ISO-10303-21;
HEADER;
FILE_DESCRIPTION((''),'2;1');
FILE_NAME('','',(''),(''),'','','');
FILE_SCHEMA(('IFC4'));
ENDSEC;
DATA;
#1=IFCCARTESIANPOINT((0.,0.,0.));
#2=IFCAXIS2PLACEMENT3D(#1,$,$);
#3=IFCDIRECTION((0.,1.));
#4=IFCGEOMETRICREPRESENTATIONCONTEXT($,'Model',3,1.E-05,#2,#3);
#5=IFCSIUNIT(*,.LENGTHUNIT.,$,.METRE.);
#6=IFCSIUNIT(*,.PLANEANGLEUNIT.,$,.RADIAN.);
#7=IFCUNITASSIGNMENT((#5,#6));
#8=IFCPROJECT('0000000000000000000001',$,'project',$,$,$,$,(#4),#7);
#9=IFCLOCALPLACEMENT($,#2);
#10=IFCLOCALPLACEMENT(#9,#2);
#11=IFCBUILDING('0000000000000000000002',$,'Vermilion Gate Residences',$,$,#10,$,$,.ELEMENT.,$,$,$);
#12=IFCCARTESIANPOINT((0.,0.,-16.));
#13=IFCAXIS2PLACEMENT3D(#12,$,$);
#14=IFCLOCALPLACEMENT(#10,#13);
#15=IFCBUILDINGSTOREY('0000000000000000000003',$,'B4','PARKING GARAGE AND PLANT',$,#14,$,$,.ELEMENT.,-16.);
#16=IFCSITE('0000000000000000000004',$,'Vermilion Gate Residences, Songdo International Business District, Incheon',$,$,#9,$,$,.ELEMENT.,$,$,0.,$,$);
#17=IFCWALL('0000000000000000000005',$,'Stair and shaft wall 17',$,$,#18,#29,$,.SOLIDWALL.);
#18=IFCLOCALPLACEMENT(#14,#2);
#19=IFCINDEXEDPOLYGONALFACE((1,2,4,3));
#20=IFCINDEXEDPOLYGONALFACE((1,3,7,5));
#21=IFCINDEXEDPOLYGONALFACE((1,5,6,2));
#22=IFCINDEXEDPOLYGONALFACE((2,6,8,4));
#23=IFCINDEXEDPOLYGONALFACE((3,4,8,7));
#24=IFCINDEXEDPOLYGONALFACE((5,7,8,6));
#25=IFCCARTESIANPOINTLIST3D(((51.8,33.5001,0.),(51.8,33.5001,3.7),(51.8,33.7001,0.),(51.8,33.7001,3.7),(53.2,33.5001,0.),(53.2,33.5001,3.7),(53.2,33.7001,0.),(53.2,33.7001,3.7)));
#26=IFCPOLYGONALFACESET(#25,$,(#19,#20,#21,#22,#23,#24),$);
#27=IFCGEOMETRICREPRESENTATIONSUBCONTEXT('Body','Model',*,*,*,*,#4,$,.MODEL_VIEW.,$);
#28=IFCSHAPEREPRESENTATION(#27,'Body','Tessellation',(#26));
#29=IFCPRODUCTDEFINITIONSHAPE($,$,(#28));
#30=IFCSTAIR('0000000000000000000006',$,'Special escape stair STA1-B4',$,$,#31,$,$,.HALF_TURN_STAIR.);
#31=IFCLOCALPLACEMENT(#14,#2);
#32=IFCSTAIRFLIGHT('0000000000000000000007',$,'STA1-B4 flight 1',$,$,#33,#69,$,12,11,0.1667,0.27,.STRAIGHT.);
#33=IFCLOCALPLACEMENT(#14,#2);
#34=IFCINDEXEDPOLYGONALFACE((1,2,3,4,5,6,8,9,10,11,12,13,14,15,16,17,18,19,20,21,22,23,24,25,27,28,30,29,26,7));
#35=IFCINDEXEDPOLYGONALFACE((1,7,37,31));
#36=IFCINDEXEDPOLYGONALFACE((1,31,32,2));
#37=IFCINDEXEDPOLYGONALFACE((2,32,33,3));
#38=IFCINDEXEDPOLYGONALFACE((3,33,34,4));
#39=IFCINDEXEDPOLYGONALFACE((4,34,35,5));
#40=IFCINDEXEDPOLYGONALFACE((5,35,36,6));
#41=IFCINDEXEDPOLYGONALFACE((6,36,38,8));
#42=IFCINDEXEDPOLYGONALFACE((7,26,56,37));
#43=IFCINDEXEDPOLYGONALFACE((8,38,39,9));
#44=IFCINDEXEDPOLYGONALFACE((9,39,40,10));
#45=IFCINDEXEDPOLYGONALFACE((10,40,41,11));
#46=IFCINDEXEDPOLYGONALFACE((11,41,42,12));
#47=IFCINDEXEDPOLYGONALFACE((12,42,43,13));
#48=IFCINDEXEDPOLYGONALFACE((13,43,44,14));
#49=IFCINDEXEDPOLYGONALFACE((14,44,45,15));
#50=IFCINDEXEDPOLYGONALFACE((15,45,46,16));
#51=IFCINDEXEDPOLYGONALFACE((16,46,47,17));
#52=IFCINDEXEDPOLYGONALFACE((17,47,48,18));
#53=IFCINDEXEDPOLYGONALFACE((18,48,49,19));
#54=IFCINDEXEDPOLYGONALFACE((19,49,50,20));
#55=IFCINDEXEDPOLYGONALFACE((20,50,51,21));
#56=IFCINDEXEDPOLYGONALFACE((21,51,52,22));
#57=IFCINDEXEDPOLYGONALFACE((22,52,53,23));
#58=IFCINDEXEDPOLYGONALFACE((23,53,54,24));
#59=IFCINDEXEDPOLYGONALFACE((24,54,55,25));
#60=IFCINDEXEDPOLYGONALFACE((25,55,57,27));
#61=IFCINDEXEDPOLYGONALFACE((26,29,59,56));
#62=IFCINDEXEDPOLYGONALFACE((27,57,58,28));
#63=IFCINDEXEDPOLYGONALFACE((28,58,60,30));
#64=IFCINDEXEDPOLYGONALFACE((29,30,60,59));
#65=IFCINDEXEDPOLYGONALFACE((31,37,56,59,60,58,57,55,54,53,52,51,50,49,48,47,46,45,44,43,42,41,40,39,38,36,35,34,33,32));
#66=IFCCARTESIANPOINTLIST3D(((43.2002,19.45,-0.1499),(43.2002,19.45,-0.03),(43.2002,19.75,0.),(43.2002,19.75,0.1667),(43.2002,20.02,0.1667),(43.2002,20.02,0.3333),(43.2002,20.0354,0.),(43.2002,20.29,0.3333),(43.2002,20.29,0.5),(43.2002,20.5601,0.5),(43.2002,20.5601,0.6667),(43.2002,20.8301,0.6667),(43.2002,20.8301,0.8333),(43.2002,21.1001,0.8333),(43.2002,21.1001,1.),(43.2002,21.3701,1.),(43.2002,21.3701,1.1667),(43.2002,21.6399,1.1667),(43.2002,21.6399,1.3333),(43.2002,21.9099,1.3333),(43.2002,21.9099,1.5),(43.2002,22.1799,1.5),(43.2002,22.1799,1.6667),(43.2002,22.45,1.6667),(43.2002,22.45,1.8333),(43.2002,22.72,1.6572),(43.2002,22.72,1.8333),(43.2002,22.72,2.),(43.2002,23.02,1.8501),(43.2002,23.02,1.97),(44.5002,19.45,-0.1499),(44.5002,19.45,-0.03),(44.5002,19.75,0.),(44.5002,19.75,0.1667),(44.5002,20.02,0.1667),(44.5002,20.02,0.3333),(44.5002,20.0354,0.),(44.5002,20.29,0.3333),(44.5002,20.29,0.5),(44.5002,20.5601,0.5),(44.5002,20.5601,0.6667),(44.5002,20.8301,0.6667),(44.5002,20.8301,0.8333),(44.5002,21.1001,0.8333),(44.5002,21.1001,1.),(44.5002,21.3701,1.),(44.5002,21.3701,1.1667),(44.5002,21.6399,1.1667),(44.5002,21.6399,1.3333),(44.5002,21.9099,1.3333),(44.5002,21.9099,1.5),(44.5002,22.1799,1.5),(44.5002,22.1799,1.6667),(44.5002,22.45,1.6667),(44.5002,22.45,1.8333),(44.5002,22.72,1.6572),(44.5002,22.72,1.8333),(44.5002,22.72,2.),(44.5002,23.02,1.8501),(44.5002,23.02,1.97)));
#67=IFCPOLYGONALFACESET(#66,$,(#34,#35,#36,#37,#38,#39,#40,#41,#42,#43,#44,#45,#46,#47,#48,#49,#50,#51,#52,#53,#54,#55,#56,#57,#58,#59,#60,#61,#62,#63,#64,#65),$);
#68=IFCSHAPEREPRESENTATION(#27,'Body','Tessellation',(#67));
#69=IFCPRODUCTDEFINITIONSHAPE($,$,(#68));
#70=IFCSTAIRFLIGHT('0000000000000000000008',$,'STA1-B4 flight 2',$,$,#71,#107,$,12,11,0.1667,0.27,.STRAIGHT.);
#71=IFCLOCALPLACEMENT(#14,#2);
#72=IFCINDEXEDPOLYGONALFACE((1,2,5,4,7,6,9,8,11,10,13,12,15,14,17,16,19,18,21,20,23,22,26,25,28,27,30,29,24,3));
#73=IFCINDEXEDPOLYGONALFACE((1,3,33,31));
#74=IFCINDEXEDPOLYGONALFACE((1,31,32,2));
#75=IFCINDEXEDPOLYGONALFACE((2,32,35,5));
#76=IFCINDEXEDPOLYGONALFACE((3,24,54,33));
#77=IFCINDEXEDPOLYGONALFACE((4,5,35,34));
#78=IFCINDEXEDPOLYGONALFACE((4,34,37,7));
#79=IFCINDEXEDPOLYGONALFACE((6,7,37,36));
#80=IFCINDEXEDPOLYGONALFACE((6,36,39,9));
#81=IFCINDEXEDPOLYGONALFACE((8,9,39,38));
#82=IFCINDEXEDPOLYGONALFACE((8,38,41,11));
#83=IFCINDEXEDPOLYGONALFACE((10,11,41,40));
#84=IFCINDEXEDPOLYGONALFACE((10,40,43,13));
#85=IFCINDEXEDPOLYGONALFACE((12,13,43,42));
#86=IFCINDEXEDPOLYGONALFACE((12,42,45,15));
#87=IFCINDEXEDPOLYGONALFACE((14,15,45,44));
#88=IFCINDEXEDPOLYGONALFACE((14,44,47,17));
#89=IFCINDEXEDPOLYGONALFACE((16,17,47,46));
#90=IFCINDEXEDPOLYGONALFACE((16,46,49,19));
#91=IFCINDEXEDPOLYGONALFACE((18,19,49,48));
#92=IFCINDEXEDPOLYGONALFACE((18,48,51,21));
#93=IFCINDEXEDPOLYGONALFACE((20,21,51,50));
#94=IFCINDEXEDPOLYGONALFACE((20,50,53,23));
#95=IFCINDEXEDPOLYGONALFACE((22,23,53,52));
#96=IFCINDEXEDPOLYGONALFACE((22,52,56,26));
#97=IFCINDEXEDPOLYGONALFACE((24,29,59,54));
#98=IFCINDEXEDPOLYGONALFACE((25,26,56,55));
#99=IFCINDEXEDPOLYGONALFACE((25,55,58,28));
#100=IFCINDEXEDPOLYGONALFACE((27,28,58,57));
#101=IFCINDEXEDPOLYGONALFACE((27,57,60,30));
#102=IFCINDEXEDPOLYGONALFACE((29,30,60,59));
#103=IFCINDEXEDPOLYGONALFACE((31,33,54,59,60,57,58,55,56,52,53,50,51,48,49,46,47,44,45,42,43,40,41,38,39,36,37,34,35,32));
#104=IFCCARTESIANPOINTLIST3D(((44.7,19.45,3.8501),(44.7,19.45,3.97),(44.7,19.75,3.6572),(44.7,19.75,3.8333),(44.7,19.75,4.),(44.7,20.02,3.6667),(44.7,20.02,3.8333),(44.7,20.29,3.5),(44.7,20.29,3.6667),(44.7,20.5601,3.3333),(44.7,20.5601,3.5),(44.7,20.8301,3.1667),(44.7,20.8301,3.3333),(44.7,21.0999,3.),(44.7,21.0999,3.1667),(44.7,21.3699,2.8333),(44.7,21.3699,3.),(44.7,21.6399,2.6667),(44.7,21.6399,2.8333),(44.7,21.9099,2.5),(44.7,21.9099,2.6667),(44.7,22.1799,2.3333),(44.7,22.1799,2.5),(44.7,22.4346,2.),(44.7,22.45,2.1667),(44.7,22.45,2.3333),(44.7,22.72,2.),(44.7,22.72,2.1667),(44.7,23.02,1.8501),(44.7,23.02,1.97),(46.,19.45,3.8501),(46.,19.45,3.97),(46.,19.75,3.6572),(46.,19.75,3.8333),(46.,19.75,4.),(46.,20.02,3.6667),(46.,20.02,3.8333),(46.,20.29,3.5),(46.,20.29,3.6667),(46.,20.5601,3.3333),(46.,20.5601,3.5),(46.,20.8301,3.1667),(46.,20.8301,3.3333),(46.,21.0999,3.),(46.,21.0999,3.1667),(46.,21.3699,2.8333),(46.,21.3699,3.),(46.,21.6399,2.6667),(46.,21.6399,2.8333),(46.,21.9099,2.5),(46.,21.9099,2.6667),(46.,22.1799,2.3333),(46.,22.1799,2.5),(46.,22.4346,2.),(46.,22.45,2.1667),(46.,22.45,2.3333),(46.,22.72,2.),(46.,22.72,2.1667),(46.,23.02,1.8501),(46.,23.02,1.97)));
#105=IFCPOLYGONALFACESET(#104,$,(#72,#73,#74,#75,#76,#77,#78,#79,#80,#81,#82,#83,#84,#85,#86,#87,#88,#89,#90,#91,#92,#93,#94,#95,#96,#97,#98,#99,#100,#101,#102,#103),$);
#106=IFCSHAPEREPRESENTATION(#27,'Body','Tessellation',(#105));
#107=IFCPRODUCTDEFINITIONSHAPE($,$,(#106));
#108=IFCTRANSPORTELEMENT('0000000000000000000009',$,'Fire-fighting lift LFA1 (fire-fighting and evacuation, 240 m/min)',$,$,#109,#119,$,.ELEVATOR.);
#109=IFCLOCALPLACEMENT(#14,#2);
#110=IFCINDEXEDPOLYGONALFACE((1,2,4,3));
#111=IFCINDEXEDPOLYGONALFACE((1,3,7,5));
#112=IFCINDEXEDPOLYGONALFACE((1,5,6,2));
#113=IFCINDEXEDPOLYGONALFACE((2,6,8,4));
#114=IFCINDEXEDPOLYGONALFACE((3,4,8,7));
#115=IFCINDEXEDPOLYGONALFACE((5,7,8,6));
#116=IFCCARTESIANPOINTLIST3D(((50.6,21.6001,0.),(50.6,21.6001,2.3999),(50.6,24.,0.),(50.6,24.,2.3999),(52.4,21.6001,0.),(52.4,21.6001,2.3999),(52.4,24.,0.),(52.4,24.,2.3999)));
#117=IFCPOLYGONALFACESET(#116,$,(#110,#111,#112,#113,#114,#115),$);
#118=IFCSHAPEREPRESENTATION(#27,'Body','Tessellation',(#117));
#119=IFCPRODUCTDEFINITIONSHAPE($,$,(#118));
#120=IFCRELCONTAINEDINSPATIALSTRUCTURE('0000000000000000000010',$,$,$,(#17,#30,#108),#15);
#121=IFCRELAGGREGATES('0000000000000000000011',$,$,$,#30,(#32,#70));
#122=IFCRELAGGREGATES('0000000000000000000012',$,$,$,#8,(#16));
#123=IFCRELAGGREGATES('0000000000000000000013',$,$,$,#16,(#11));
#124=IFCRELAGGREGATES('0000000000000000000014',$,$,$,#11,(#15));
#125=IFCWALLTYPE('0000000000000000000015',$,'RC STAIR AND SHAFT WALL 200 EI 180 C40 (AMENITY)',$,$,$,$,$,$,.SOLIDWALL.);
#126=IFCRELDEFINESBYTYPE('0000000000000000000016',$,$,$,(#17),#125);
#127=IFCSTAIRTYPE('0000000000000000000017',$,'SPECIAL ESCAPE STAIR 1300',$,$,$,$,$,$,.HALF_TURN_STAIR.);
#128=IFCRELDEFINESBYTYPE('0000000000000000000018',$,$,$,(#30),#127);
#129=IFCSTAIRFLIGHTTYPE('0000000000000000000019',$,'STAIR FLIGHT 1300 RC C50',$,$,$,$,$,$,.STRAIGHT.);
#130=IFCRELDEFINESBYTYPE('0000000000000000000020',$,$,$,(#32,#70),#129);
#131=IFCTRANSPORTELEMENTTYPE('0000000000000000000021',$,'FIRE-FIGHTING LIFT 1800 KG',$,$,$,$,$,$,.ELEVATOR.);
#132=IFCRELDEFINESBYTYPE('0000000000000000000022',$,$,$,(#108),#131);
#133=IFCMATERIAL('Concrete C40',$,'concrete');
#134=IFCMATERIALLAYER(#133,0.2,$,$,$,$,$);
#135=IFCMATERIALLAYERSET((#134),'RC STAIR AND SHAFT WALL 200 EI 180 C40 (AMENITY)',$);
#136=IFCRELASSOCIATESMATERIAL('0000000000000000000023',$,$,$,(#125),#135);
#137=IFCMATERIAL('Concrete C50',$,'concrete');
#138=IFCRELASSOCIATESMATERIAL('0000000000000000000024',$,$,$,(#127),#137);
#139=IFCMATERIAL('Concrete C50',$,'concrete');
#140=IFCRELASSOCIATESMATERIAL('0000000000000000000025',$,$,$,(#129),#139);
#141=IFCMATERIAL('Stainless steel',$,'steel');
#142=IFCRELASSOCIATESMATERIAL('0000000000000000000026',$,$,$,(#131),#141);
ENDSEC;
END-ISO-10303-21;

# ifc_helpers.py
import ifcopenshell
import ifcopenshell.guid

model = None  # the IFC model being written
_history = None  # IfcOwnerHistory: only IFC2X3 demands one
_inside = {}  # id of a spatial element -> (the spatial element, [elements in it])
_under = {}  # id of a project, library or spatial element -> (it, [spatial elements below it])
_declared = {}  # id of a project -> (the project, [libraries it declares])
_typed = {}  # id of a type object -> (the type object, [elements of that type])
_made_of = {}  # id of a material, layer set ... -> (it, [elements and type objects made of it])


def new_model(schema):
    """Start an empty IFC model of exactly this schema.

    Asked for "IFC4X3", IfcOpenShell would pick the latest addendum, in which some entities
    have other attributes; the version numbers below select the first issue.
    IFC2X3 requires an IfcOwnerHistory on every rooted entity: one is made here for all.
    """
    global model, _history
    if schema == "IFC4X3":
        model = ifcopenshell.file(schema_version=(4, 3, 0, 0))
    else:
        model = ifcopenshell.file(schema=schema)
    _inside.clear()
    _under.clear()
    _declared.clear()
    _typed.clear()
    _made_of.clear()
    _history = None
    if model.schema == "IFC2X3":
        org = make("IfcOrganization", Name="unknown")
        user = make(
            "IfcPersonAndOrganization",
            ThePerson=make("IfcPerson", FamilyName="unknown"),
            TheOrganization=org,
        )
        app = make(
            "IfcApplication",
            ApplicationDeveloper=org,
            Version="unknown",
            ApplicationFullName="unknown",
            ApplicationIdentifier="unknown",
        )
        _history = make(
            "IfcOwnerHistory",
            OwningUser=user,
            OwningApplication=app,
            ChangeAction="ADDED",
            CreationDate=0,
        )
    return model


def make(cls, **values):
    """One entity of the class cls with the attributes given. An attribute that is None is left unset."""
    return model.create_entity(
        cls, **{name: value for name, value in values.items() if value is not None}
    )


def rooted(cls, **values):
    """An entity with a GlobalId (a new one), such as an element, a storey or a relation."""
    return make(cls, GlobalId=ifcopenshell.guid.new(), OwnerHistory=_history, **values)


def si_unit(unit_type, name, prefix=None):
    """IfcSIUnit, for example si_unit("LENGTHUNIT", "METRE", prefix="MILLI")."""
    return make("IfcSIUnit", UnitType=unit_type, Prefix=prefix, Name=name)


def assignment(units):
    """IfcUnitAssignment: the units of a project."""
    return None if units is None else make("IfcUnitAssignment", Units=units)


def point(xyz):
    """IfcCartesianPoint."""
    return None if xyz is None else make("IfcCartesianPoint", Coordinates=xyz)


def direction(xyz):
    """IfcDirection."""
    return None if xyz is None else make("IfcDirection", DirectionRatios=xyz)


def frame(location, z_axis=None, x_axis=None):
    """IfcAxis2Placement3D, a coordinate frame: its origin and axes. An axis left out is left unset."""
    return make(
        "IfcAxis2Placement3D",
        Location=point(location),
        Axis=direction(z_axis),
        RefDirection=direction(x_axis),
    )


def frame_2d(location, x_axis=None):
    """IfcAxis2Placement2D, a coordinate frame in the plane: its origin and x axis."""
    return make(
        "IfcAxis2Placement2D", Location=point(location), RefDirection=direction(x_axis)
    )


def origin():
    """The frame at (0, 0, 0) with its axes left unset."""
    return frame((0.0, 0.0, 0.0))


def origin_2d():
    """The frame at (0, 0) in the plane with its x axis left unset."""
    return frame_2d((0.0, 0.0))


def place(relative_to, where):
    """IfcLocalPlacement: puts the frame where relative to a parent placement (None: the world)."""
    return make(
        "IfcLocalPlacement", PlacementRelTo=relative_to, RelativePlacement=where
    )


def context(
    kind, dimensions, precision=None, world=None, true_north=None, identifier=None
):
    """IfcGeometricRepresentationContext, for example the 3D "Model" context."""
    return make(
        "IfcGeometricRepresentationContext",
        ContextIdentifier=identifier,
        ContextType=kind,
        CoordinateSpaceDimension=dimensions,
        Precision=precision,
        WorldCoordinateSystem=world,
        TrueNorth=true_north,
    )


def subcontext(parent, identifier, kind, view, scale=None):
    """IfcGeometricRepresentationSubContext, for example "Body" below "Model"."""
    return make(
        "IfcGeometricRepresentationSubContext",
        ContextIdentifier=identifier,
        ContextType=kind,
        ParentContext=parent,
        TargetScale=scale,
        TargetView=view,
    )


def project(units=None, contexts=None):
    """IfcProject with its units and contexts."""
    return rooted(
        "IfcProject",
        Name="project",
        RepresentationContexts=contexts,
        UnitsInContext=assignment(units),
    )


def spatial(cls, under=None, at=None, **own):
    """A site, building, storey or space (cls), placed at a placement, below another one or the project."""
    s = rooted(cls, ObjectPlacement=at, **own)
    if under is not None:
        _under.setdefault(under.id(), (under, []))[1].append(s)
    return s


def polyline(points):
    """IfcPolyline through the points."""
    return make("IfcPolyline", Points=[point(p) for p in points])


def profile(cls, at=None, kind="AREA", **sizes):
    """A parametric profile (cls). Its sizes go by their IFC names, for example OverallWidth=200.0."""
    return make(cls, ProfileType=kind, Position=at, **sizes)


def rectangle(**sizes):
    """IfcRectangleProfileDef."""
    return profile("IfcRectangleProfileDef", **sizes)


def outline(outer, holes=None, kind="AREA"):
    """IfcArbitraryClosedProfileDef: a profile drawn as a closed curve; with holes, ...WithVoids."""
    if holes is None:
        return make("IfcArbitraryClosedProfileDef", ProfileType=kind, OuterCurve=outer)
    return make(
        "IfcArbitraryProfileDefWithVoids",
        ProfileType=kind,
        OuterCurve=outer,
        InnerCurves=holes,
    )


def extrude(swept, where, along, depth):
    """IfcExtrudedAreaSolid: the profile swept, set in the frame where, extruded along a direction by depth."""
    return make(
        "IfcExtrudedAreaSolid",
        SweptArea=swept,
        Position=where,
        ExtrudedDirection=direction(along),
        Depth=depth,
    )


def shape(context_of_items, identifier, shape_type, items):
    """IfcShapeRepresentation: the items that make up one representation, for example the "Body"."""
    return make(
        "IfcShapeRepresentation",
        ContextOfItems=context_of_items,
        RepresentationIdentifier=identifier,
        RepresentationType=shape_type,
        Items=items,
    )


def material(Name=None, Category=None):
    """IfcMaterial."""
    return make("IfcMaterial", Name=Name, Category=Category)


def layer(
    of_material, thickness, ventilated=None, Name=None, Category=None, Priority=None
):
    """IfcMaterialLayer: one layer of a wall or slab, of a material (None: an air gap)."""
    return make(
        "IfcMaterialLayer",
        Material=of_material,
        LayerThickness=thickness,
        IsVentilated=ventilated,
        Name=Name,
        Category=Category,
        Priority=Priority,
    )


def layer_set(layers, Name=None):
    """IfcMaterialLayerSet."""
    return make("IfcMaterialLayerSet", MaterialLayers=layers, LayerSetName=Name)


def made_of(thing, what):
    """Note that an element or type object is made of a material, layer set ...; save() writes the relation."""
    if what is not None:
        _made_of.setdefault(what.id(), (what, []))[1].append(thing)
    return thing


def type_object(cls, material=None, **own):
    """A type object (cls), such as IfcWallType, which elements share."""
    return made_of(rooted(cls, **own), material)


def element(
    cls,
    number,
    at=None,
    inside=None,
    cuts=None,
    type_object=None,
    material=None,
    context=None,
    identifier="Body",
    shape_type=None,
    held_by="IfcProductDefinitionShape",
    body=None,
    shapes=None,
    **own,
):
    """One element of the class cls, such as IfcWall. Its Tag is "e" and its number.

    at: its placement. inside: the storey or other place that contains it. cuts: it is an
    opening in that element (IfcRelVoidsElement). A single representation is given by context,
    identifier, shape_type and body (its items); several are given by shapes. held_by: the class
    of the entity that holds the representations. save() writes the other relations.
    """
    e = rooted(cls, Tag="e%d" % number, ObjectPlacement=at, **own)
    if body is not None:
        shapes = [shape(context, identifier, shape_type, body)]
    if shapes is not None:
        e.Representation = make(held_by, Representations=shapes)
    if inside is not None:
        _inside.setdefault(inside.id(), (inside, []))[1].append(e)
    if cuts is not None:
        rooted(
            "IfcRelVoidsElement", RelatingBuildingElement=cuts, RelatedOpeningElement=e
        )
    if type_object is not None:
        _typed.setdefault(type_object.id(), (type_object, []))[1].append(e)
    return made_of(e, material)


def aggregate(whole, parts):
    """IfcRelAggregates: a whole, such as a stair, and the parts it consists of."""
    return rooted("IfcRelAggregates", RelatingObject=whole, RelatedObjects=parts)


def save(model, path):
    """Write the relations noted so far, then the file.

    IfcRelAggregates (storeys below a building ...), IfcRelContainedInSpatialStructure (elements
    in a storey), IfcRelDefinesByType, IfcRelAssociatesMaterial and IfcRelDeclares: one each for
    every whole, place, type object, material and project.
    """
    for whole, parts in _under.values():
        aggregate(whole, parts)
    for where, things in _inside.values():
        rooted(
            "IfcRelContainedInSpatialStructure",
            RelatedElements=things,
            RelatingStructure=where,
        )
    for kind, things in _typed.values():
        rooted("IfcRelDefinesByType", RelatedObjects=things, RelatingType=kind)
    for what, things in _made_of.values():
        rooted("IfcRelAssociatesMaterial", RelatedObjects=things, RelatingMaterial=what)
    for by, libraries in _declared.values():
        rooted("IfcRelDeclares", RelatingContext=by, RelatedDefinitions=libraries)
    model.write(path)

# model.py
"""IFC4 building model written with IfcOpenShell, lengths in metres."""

from ifc_helpers import new_model, si_unit, direction, frame, frame_2d, origin, origin_2d, place, context, subcontext, project, spatial, polyline, rectangle, outline, extrude, material, layer, layer_set, type_object, element, aggregate, save


model = new_model("IFC4")

# Units and contexts
model_context = context("Model", 3, precision=1e-05, world=origin(), true_north=direction((0.0, 1.0)))
body_context = subcontext(model_context, "Body", "Model", "MODEL_VIEW")
ifc_project = project(units=[si_unit("LENGTHUNIT", "METRE"), si_unit("PLANEANGLEUNIT", "RADIAN")], contexts=[model_context])

# Site, building, storey
site_placement = place(None, origin())
site = spatial("IfcSite", under=ifc_project, at=site_placement, Name="Vermilion Gate Residences, Songdo International Business District, Incheon", CompositionType="ELEMENT", RefElevation=0.0)
building_placement = place(site_placement, origin())
building = spatial("IfcBuilding", under=site, at=building_placement, Name="Vermilion Gate Residences", CompositionType="ELEMENT")
storey_placement = place(building_placement, frame((0.0, 0.0, -16.0)))
storey = spatial("IfcBuildingStorey", under=building, at=storey_placement, Name="B4", Description="PARKING GARAGE AND PLANT", CompositionType="ELEMENT", Elevation=-16.0)

# Shared definitions
ifc_material_1 = material(Name="Concrete C40", Category="concrete")
ifc_layer_1 = layer(ifc_material_1, 0.2)
ifc_layer_set_1 = layer_set([ifc_layer_1], Name="RC STAIR AND SHAFT WALL 200 EI 180 C40 (AMENITY)")
wall_type_1 = type_object("IfcWallType", Name="RC STAIR AND SHAFT WALL 200 EI 180 C40 (AMENITY)", PredefinedType="SOLIDWALL", material=ifc_layer_set_1)

# Wall
wall_1_placement = place(storey_placement, frame((51.8, 33.6001, 0.0), z_axis=(0.0, 0.0, 1.0), x_axis=(1.0, 0.0, 0.0)))
element("IfcWall", 1, at=wall_1_placement, inside=storey, type_object=wall_type_1, Name="Stair and shaft wall 17", PredefinedType="SOLIDWALL", context=body_context, shape_type="SweptSolid", body=[
    extrude(rectangle(XDim=1.3999, YDim=0.2, at=frame_2d((0.7, 0.0))), origin(), (0.0, 0.0, 1.0), 3.7),
])

# Stair, stair flights
ifc_material_2 = material(Name="Concrete C50", Category="concrete")
stair_type = type_object("IfcStairType", Name="SPECIAL ESCAPE STAIR 1300", PredefinedType="HALF_TURN_STAIR", material=ifc_material_2)
stair_placement = place(storey_placement, origin())
stair = element("IfcStair", 2, at=stair_placement, inside=storey, type_object=stair_type, Name="Special escape stair STA1-B4", PredefinedType="HALF_TURN_STAIR")
ifc_material_3 = material(Name="Concrete C50", Category="concrete")
stair_flight_type = type_object("IfcStairFlightType", Name="STAIR FLIGHT 1300 RC C50", PredefinedType="STRAIGHT", material=ifc_material_3)
stair_flight_1_placement = place(storey_placement, frame((43.8501, 19.75, 0.0), z_axis=(0.0, 0.0, 1.0), x_axis=(0.0, 1.0, 0.0)))
stair_flight_1 = element("IfcStairFlight", 3, at=stair_flight_1_placement, type_object=stair_flight_type, Name="STA1-B4 flight 1", NumberOfRisers=12, NumberOfTreads=11, PredefinedType="STRAIGHT", RiserHeight=0.1667, TreadLength=0.27, context=body_context, shape_type="SweptSolid", body=[
    extrude(outline(polyline([(-0.3, -0.1499), (-0.3, -0.03), (0.0, 0.0), (0.0, 0.1667), (0.27, 0.1667), (0.27, 0.3333), (0.54, 0.3333), (0.54, 0.5), (0.8101, 0.5), (0.8101, 0.6667), (1.0801, 0.6667), (1.0801, 0.8333), (1.3501, 0.8333), (1.3501, 1.0), (1.6201, 1.0), (1.6201, 1.1667), (1.8899, 1.1667), (1.8899, 1.3333), (2.1599, 1.3333), (2.1599, 1.5), (2.4299, 1.5), (2.4299, 1.6667), (2.7, 1.6667), (2.7, 1.8333), (2.97, 1.8333), (2.97, 2.0), (3.27, 1.97), (3.27, 1.8501), (2.97, 1.6572), (0.2854, 0.0), (-0.3, -0.1499)])), frame((0.0, 0.6499, 0.0), z_axis=(0.0, -1.0, 0.0), x_axis=(1.0, 0.0, 0.0)), (0.0, 0.0, 1.0), 1.3),
])
stair_flight_2_placement = place(storey_placement, frame((45.3501, 22.72, 2.0), z_axis=(0.0, 0.0, 1.0), x_axis=(0.0, -1.0, 0.0)))
stair_flight_2 = element("IfcStairFlight", 4, at=stair_flight_2_placement, type_object=stair_flight_type, Name="STA1-B4 flight 2", NumberOfRisers=12, NumberOfTreads=11, PredefinedType="STRAIGHT", RiserHeight=0.1667, TreadLength=0.27, context=body_context, shape_type="SweptSolid", body=[
    extrude(outline(polyline([(-0.3, -0.1499), (-0.3, -0.03), (0.0, 0.0), (0.0, 0.1667), (0.27, 0.1667), (0.27, 0.3333), (0.54, 0.3333), (0.54, 0.5), (0.8101, 0.5), (0.8101, 0.6667), (1.0801, 0.6667), (1.0801, 0.8333), (1.3501, 0.8333), (1.3501, 1.0), (1.6201, 1.0), (1.6201, 1.1667), (1.8899, 1.1667), (1.8899, 1.3333), (2.1599, 1.3333), (2.1599, 1.5), (2.4299, 1.5), (2.4299, 1.6667), (2.7, 1.6667), (2.7, 1.8333), (2.97, 1.8333), (2.97, 2.0), (3.27, 1.97), (3.27, 1.8501), (2.97, 1.6572), (0.2854, 0.0), (-0.3, -0.1499)])), frame((0.0, 0.6499, 0.0), z_axis=(0.0, -1.0, 0.0), x_axis=(1.0, 0.0, 0.0)), (0.0, 0.0, 1.0), 1.3),
])
aggregate(stair, [stair_flight_1, stair_flight_2])

# Transport element
ifc_material_4 = material(Name="Stainless steel", Category="steel")
transport_element_type = type_object("IfcTransportElementType", Name="FIRE-FIGHTING LIFT 1800 KG", PredefinedType="ELEVATOR", material=ifc_material_4)
transport_element_placement = place(storey_placement, frame((51.5, 22.8, 0.0), z_axis=(0.0, 0.0, 1.0), x_axis=(1.0, 0.0, 0.0)))
element("IfcTransportElement", 5, at=transport_element_placement, inside=storey, type_object=transport_element_type, Name="Fire-fighting lift LFA1 (fire-fighting and evacuation, 240 m/min)", PredefinedType="ELEVATOR", context=body_context, shape_type="SweptSolid", body=[
    extrude(rectangle(XDim=1.8, YDim=2.3999, at=origin_2d()), origin(), (0.0, 0.0, 1.0), 2.3999),
])

save(model, "model.ifc")
